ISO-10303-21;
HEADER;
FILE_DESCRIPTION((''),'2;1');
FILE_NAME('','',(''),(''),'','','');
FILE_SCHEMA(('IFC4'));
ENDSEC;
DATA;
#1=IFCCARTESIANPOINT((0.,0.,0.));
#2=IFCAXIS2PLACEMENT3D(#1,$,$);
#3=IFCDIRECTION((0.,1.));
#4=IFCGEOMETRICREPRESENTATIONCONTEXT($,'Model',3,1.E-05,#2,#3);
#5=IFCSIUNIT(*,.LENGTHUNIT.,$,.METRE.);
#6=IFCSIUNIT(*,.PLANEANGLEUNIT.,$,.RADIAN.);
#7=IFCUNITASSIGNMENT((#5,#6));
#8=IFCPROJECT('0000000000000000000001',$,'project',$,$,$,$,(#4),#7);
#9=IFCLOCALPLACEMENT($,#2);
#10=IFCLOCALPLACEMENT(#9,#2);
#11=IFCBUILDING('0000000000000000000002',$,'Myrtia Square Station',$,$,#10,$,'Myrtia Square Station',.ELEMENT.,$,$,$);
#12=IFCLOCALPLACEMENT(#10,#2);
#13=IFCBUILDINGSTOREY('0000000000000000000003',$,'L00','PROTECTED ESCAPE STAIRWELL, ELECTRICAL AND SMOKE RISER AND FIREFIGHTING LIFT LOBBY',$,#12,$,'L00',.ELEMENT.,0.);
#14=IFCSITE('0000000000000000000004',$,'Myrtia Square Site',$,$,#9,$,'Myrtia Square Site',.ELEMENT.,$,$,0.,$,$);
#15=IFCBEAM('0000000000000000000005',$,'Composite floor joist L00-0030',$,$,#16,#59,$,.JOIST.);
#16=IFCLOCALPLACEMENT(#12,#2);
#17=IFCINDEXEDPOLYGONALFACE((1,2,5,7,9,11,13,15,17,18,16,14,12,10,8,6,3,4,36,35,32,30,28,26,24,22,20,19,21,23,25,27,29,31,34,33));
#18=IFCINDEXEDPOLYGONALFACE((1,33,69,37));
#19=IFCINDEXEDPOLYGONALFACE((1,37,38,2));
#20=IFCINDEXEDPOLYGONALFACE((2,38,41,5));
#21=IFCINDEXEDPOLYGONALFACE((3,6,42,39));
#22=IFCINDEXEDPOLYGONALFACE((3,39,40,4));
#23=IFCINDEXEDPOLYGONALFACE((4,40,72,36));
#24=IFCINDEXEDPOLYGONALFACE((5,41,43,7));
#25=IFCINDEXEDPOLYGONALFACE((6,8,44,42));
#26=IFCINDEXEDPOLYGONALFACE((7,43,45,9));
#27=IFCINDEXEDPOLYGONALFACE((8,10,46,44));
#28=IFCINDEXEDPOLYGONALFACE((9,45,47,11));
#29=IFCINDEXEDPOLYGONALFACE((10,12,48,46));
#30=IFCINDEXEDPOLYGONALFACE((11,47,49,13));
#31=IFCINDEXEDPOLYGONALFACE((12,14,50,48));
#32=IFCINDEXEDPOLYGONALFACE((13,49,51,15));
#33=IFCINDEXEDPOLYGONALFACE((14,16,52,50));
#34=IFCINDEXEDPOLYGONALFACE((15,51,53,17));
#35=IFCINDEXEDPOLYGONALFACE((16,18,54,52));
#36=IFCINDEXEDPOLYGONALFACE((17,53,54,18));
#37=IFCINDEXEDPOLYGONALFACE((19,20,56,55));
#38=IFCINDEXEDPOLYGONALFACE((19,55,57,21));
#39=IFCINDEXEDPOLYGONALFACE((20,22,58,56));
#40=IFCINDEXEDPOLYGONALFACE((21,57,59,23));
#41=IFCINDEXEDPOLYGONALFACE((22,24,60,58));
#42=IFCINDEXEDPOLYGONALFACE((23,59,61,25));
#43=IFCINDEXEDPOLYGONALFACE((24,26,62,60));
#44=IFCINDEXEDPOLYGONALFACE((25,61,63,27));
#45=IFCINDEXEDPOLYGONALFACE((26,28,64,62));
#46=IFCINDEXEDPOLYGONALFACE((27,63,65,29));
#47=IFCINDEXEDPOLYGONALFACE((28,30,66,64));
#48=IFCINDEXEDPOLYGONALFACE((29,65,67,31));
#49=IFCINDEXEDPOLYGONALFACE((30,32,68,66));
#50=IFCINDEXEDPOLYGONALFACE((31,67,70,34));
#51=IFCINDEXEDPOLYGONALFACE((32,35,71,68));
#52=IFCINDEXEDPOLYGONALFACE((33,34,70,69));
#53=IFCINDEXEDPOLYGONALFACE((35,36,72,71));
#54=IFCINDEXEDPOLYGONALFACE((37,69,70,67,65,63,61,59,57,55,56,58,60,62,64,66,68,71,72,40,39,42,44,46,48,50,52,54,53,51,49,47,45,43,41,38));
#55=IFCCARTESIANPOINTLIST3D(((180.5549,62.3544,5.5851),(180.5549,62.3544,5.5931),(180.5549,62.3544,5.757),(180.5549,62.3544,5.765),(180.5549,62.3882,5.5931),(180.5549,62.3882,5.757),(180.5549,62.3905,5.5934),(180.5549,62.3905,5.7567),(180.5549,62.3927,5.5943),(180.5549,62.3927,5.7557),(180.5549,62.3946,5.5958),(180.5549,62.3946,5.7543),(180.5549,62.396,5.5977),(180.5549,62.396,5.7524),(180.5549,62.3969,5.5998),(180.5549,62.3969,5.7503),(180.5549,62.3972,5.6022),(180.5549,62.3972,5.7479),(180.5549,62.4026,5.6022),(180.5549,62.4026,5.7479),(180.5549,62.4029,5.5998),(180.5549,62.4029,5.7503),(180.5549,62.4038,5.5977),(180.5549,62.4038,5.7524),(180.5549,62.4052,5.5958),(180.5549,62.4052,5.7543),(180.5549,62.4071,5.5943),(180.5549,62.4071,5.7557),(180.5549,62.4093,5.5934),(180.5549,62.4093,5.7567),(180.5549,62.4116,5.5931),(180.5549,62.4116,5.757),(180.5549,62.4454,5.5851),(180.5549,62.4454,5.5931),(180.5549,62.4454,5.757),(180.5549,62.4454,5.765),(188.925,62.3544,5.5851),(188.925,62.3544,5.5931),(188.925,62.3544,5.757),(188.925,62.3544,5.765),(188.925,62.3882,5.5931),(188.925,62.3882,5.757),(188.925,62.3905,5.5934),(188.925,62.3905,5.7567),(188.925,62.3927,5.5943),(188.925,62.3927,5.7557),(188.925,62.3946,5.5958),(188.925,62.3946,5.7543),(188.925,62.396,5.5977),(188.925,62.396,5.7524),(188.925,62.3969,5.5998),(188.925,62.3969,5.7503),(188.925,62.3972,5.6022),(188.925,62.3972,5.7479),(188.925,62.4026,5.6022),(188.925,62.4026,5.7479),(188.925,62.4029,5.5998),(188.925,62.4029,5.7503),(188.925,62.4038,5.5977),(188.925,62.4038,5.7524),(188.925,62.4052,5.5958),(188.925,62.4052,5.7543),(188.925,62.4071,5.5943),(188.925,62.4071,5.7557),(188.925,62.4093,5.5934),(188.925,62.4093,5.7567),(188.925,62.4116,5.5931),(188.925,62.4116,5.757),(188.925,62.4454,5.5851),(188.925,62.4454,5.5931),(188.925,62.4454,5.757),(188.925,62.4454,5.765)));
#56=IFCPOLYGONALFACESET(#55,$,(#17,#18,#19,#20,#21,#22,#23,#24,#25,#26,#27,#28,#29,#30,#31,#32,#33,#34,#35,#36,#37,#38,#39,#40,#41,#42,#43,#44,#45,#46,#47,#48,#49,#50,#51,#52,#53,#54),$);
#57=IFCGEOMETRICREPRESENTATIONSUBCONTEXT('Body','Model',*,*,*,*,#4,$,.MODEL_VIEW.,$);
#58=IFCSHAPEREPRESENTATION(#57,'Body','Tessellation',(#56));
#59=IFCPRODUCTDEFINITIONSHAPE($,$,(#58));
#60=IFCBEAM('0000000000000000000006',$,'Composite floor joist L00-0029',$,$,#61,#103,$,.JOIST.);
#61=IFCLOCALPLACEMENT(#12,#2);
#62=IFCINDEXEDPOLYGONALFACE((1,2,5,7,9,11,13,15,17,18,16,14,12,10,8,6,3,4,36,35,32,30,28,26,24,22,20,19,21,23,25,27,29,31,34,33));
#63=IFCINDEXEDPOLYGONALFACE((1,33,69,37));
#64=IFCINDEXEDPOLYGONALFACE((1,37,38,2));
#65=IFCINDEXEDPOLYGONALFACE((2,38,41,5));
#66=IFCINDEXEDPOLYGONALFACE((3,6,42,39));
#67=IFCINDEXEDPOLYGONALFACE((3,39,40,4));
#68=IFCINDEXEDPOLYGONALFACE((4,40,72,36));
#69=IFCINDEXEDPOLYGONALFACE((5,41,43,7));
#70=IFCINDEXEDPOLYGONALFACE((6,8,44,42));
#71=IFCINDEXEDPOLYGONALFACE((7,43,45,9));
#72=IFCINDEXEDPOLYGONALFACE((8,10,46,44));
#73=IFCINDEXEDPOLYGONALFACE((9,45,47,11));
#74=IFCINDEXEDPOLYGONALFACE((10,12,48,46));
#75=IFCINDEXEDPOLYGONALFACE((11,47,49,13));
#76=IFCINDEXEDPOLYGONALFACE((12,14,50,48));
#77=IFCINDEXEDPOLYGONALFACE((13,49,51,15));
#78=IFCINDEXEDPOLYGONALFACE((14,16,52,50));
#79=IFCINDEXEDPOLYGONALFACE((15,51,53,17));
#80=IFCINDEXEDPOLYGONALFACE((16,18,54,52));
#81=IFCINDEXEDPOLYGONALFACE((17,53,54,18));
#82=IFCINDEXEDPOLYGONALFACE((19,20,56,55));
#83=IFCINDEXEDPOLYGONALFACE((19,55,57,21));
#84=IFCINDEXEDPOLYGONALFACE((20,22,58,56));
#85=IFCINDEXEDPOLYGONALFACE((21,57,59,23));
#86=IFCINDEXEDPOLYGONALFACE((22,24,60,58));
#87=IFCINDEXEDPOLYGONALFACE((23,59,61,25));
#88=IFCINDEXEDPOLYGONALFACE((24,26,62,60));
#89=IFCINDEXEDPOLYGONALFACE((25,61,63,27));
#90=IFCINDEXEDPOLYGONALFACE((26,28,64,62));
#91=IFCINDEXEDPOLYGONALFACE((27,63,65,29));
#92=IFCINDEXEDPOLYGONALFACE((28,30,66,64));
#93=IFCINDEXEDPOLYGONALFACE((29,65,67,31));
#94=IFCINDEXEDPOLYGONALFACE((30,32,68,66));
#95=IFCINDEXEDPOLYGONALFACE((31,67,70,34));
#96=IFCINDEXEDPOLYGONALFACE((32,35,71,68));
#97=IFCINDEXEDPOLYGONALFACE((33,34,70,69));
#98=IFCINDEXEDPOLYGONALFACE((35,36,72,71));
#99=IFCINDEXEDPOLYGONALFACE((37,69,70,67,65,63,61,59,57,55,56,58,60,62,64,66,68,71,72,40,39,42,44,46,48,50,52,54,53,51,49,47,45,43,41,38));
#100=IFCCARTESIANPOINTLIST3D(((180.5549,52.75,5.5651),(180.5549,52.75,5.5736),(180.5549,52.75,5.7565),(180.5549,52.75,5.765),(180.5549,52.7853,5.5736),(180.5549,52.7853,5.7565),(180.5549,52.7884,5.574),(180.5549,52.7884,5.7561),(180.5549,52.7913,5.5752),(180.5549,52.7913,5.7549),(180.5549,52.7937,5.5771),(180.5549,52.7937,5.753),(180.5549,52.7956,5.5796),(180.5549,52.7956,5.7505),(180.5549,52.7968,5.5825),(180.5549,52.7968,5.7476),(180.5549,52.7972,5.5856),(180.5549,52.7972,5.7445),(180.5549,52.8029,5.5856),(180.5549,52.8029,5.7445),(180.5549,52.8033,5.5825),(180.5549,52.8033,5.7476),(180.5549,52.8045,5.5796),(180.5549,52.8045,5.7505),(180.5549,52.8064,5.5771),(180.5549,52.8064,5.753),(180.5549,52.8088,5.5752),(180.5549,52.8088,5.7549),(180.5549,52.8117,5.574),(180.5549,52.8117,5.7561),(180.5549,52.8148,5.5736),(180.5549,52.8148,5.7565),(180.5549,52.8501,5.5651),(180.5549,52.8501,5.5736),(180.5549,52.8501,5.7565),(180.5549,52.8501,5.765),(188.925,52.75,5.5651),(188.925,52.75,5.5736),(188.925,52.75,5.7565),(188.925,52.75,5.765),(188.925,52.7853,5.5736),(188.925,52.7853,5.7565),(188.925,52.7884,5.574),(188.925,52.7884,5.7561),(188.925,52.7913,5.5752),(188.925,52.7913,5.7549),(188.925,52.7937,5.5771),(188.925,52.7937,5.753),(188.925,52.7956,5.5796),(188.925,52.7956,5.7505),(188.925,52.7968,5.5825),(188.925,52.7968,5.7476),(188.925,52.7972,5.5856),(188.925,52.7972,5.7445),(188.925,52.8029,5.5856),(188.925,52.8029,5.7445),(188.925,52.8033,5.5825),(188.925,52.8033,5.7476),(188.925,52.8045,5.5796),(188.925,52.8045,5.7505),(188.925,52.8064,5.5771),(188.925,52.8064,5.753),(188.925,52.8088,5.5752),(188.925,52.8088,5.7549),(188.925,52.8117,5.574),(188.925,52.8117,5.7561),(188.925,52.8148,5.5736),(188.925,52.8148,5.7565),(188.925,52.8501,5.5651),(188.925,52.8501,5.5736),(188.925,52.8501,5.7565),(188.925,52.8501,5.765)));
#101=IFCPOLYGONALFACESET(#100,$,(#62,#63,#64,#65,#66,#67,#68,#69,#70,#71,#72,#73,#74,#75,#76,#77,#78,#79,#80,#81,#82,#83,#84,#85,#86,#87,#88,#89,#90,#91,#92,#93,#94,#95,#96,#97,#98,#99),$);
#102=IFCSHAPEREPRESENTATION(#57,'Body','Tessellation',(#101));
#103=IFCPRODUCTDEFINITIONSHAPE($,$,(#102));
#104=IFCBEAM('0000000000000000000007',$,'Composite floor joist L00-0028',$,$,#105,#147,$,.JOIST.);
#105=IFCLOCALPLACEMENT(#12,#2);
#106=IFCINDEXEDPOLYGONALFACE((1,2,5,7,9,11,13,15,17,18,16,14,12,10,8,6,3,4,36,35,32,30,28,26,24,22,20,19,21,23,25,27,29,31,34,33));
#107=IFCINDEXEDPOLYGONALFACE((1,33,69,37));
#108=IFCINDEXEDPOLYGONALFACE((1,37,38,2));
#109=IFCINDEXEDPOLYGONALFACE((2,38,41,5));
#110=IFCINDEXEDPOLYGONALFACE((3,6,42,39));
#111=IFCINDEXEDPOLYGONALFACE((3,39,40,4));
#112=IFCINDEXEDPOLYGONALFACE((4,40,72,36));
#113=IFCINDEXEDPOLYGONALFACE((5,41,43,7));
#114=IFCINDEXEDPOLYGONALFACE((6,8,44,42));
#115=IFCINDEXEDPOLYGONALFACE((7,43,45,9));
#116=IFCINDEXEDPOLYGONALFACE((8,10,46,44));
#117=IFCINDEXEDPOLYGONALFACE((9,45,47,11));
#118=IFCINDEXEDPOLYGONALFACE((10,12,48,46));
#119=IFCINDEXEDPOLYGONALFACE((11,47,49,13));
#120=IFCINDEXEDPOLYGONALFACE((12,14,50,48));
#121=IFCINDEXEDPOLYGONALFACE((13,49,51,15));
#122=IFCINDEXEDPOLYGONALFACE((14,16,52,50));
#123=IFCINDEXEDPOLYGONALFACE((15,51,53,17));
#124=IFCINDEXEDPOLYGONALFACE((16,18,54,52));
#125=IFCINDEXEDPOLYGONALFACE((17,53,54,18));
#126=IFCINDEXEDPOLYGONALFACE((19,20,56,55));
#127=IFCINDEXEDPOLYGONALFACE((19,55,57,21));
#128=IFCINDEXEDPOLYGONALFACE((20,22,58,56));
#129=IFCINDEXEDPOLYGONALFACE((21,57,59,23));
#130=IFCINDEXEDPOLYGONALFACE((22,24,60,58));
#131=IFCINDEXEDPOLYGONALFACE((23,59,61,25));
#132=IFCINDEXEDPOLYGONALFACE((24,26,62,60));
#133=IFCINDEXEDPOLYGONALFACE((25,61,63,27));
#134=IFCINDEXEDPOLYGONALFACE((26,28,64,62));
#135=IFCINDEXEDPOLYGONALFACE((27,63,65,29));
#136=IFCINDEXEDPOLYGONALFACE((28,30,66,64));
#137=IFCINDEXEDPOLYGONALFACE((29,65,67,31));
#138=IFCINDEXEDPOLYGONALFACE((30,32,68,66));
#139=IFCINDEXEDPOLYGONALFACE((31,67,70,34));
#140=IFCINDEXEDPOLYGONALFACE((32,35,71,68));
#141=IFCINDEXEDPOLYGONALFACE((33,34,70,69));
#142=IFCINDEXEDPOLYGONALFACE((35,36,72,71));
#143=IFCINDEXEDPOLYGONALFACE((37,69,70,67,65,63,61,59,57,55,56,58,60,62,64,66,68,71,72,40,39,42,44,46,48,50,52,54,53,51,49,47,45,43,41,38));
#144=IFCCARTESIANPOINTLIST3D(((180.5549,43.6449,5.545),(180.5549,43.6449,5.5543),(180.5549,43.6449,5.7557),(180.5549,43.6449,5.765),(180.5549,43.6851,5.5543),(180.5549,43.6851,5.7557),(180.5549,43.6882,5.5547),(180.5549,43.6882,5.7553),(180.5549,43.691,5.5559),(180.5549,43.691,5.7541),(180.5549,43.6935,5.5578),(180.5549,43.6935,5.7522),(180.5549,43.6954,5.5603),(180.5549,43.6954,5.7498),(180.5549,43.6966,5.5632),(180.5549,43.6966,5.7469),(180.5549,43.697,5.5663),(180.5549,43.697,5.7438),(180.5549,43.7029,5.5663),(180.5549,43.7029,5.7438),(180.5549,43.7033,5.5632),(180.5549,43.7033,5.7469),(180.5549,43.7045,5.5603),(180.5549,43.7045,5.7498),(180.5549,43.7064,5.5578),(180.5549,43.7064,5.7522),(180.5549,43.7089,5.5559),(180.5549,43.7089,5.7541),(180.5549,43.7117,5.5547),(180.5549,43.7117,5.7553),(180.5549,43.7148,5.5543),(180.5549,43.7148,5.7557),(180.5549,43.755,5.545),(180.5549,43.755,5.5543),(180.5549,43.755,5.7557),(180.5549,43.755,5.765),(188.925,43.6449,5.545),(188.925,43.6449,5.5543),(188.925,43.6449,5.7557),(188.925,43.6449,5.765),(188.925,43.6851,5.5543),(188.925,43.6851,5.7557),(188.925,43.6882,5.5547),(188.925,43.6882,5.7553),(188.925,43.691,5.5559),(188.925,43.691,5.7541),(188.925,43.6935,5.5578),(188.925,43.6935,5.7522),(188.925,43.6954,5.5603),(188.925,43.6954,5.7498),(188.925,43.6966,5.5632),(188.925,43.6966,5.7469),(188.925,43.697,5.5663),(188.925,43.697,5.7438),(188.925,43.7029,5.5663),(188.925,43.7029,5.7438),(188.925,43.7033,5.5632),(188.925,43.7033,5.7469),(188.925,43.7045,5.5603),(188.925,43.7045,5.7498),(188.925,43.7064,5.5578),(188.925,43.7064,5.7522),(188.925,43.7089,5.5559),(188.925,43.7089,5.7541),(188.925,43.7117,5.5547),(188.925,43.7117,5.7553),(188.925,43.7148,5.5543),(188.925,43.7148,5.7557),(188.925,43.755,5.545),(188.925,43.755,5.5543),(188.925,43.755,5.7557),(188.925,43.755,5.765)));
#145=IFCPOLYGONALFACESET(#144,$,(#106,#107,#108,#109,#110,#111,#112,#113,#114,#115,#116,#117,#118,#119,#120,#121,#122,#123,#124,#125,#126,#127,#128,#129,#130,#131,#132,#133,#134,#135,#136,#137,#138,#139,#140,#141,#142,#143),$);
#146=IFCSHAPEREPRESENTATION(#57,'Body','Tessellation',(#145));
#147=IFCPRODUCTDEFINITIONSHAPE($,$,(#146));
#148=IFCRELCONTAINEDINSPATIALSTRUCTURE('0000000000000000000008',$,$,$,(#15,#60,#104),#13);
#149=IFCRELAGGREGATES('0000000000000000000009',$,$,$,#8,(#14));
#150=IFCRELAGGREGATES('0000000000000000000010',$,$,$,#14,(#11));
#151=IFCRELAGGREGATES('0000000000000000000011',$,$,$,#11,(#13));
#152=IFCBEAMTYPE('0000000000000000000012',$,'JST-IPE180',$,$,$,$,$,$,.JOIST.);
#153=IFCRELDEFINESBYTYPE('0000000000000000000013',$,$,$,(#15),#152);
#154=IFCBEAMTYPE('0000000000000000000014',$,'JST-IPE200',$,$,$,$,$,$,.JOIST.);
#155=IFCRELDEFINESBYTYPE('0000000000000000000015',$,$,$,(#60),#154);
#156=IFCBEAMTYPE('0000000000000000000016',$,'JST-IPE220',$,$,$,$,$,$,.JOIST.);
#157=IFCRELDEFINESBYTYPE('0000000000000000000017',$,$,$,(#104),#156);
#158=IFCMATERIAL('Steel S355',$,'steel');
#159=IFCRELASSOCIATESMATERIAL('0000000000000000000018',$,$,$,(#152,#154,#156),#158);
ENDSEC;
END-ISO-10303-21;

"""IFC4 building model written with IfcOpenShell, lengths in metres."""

from ifc_helpers import new_model, si_unit, direction, frame, origin, origin_2d, place, context, subcontext, project, spatial, i_section, extrude, material, material_profile, profile_set, type_object, element, save


model = new_model("IFC4")

# Units and contexts
model_context = context("Model", 3, precision=1e-05, world=origin(), true_north=direction((0.0, 1.0)))
body_context = subcontext(model_context, "Body", "Model", "MODEL_VIEW")
ifc_project = project(units=[si_unit("LENGTHUNIT", "METRE"), si_unit("PLANEANGLEUNIT", "RADIAN")], contexts=[model_context])

# Site, building, storey
site_placement = place(None, origin())
site = spatial("IfcSite", under=ifc_project, at=site_placement, Name="Myrtia Square Site", LongName="Myrtia Square Site", CompositionType="ELEMENT", RefElevation=0.0)
building_placement = place(site_placement, origin())
building = spatial("IfcBuilding", under=site, at=building_placement, Name="Myrtia Square Station", LongName="Myrtia Square Station", CompositionType="ELEMENT")
storey_placement = place(building_placement, origin())
storey = spatial("IfcBuildingStorey", under=building, at=storey_placement, Name="L00", Description="PROTECTED ESCAPE STAIRWELL, ELECTRICAL AND SMOKE RISER AND FIREFIGHTING LIFT LOBBY", LongName="L00", CompositionType="ELEMENT", Elevation=0.0)

# Beams
ifc_material_1 = material(Name="Steel S355", Category="steel")
ifc_material_profile_1 = material_profile(ifc_material_1, i_section(OverallWidth=0.0911, OverallDepth=0.1799, WebThickness=0.0054, FlangeThickness=0.0081, FilletRadius=0.009, at=origin_2d()), Name="IPE 180")
ifc_profile_set_1 = profile_set([ifc_material_profile_1], Name="Steel S355")
beam_type_1 = type_object("IfcBeamType", Name="JST-IPE180", PredefinedType="JOIST", material=ifc_profile_set_1)
beam_1_placement = place(storey_placement, frame((180.5549, 62.3999, 5.675), z_axis=(1.0, 0.0, 0.0), x_axis=(0.0, 1.0, 0.0)))
element("IfcBeam", 1, at=beam_1_placement, inside=storey, type_object=beam_type_1, Name="Composite floor joist L00-0030", PredefinedType="JOIST", context=body_context, shape_type="SweptSolid", body=[
    extrude(i_section(OverallWidth=0.0911, OverallDepth=0.1799, WebThickness=0.0054, FlangeThickness=0.0081, FilletRadius=0.009, at=origin_2d()), origin(), (0.0, 0.0, 1.0), 8.3701),
])
ifc_material_profile_2 = material_profile(ifc_material_1, i_section(OverallWidth=0.1001, OverallDepth=0.2, WebThickness=0.0056, FlangeThickness=0.0085, FilletRadius=0.012, at=origin_2d()), Name="IPE 200")
ifc_profile_set_2 = profile_set([ifc_material_profile_2], Name="Steel S355")
beam_type_2 = type_object("IfcBeamType", Name="JST-IPE200", PredefinedType="JOIST", material=ifc_profile_set_2)
beam_2_placement = place(storey_placement, frame((180.5549, 52.8, 5.665), z_axis=(1.0, 0.0, 0.0), x_axis=(0.0, 1.0, 0.0)))
element("IfcBeam", 2, at=beam_2_placement, inside=storey, type_object=beam_type_2, Name="Composite floor joist L00-0029", PredefinedType="JOIST", context=body_context, shape_type="SweptSolid", body=[
    extrude(i_section(OverallWidth=0.1001, OverallDepth=0.2, WebThickness=0.0056, FlangeThickness=0.0085, FilletRadius=0.012, at=origin_2d()), origin(), (0.0, 0.0, 1.0), 8.3701),
])
ifc_material_profile_3 = material_profile(ifc_material_1, i_section(OverallWidth=0.1101, OverallDepth=0.22, WebThickness=0.0059, FlangeThickness=0.0093, FilletRadius=0.012, at=origin_2d()), Name="IPE 220")
ifc_profile_set_3 = profile_set([ifc_material_profile_3], Name="Steel S355")
beam_type_3 = type_object("IfcBeamType", Name="JST-IPE220", PredefinedType="JOIST", material=ifc_profile_set_3)
beam_3_placement = place(storey_placement, frame((180.5549, 43.7, 5.655), z_axis=(1.0, 0.0, 0.0), x_axis=(0.0, 1.0, 0.0)))
element("IfcBeam", 3, at=beam_3_placement, inside=storey, type_object=beam_type_3, Name="Composite floor joist L00-0028", PredefinedType="JOIST", context=body_context, shape_type="SweptSolid", body=[
    extrude(i_section(OverallWidth=0.1101, OverallDepth=0.22, WebThickness=0.0059, FlangeThickness=0.0093, FilletRadius=0.012, at=origin_2d()), origin(), (0.0, 0.0, 1.0), 8.3701),
])

save(model, "model.ifc")
